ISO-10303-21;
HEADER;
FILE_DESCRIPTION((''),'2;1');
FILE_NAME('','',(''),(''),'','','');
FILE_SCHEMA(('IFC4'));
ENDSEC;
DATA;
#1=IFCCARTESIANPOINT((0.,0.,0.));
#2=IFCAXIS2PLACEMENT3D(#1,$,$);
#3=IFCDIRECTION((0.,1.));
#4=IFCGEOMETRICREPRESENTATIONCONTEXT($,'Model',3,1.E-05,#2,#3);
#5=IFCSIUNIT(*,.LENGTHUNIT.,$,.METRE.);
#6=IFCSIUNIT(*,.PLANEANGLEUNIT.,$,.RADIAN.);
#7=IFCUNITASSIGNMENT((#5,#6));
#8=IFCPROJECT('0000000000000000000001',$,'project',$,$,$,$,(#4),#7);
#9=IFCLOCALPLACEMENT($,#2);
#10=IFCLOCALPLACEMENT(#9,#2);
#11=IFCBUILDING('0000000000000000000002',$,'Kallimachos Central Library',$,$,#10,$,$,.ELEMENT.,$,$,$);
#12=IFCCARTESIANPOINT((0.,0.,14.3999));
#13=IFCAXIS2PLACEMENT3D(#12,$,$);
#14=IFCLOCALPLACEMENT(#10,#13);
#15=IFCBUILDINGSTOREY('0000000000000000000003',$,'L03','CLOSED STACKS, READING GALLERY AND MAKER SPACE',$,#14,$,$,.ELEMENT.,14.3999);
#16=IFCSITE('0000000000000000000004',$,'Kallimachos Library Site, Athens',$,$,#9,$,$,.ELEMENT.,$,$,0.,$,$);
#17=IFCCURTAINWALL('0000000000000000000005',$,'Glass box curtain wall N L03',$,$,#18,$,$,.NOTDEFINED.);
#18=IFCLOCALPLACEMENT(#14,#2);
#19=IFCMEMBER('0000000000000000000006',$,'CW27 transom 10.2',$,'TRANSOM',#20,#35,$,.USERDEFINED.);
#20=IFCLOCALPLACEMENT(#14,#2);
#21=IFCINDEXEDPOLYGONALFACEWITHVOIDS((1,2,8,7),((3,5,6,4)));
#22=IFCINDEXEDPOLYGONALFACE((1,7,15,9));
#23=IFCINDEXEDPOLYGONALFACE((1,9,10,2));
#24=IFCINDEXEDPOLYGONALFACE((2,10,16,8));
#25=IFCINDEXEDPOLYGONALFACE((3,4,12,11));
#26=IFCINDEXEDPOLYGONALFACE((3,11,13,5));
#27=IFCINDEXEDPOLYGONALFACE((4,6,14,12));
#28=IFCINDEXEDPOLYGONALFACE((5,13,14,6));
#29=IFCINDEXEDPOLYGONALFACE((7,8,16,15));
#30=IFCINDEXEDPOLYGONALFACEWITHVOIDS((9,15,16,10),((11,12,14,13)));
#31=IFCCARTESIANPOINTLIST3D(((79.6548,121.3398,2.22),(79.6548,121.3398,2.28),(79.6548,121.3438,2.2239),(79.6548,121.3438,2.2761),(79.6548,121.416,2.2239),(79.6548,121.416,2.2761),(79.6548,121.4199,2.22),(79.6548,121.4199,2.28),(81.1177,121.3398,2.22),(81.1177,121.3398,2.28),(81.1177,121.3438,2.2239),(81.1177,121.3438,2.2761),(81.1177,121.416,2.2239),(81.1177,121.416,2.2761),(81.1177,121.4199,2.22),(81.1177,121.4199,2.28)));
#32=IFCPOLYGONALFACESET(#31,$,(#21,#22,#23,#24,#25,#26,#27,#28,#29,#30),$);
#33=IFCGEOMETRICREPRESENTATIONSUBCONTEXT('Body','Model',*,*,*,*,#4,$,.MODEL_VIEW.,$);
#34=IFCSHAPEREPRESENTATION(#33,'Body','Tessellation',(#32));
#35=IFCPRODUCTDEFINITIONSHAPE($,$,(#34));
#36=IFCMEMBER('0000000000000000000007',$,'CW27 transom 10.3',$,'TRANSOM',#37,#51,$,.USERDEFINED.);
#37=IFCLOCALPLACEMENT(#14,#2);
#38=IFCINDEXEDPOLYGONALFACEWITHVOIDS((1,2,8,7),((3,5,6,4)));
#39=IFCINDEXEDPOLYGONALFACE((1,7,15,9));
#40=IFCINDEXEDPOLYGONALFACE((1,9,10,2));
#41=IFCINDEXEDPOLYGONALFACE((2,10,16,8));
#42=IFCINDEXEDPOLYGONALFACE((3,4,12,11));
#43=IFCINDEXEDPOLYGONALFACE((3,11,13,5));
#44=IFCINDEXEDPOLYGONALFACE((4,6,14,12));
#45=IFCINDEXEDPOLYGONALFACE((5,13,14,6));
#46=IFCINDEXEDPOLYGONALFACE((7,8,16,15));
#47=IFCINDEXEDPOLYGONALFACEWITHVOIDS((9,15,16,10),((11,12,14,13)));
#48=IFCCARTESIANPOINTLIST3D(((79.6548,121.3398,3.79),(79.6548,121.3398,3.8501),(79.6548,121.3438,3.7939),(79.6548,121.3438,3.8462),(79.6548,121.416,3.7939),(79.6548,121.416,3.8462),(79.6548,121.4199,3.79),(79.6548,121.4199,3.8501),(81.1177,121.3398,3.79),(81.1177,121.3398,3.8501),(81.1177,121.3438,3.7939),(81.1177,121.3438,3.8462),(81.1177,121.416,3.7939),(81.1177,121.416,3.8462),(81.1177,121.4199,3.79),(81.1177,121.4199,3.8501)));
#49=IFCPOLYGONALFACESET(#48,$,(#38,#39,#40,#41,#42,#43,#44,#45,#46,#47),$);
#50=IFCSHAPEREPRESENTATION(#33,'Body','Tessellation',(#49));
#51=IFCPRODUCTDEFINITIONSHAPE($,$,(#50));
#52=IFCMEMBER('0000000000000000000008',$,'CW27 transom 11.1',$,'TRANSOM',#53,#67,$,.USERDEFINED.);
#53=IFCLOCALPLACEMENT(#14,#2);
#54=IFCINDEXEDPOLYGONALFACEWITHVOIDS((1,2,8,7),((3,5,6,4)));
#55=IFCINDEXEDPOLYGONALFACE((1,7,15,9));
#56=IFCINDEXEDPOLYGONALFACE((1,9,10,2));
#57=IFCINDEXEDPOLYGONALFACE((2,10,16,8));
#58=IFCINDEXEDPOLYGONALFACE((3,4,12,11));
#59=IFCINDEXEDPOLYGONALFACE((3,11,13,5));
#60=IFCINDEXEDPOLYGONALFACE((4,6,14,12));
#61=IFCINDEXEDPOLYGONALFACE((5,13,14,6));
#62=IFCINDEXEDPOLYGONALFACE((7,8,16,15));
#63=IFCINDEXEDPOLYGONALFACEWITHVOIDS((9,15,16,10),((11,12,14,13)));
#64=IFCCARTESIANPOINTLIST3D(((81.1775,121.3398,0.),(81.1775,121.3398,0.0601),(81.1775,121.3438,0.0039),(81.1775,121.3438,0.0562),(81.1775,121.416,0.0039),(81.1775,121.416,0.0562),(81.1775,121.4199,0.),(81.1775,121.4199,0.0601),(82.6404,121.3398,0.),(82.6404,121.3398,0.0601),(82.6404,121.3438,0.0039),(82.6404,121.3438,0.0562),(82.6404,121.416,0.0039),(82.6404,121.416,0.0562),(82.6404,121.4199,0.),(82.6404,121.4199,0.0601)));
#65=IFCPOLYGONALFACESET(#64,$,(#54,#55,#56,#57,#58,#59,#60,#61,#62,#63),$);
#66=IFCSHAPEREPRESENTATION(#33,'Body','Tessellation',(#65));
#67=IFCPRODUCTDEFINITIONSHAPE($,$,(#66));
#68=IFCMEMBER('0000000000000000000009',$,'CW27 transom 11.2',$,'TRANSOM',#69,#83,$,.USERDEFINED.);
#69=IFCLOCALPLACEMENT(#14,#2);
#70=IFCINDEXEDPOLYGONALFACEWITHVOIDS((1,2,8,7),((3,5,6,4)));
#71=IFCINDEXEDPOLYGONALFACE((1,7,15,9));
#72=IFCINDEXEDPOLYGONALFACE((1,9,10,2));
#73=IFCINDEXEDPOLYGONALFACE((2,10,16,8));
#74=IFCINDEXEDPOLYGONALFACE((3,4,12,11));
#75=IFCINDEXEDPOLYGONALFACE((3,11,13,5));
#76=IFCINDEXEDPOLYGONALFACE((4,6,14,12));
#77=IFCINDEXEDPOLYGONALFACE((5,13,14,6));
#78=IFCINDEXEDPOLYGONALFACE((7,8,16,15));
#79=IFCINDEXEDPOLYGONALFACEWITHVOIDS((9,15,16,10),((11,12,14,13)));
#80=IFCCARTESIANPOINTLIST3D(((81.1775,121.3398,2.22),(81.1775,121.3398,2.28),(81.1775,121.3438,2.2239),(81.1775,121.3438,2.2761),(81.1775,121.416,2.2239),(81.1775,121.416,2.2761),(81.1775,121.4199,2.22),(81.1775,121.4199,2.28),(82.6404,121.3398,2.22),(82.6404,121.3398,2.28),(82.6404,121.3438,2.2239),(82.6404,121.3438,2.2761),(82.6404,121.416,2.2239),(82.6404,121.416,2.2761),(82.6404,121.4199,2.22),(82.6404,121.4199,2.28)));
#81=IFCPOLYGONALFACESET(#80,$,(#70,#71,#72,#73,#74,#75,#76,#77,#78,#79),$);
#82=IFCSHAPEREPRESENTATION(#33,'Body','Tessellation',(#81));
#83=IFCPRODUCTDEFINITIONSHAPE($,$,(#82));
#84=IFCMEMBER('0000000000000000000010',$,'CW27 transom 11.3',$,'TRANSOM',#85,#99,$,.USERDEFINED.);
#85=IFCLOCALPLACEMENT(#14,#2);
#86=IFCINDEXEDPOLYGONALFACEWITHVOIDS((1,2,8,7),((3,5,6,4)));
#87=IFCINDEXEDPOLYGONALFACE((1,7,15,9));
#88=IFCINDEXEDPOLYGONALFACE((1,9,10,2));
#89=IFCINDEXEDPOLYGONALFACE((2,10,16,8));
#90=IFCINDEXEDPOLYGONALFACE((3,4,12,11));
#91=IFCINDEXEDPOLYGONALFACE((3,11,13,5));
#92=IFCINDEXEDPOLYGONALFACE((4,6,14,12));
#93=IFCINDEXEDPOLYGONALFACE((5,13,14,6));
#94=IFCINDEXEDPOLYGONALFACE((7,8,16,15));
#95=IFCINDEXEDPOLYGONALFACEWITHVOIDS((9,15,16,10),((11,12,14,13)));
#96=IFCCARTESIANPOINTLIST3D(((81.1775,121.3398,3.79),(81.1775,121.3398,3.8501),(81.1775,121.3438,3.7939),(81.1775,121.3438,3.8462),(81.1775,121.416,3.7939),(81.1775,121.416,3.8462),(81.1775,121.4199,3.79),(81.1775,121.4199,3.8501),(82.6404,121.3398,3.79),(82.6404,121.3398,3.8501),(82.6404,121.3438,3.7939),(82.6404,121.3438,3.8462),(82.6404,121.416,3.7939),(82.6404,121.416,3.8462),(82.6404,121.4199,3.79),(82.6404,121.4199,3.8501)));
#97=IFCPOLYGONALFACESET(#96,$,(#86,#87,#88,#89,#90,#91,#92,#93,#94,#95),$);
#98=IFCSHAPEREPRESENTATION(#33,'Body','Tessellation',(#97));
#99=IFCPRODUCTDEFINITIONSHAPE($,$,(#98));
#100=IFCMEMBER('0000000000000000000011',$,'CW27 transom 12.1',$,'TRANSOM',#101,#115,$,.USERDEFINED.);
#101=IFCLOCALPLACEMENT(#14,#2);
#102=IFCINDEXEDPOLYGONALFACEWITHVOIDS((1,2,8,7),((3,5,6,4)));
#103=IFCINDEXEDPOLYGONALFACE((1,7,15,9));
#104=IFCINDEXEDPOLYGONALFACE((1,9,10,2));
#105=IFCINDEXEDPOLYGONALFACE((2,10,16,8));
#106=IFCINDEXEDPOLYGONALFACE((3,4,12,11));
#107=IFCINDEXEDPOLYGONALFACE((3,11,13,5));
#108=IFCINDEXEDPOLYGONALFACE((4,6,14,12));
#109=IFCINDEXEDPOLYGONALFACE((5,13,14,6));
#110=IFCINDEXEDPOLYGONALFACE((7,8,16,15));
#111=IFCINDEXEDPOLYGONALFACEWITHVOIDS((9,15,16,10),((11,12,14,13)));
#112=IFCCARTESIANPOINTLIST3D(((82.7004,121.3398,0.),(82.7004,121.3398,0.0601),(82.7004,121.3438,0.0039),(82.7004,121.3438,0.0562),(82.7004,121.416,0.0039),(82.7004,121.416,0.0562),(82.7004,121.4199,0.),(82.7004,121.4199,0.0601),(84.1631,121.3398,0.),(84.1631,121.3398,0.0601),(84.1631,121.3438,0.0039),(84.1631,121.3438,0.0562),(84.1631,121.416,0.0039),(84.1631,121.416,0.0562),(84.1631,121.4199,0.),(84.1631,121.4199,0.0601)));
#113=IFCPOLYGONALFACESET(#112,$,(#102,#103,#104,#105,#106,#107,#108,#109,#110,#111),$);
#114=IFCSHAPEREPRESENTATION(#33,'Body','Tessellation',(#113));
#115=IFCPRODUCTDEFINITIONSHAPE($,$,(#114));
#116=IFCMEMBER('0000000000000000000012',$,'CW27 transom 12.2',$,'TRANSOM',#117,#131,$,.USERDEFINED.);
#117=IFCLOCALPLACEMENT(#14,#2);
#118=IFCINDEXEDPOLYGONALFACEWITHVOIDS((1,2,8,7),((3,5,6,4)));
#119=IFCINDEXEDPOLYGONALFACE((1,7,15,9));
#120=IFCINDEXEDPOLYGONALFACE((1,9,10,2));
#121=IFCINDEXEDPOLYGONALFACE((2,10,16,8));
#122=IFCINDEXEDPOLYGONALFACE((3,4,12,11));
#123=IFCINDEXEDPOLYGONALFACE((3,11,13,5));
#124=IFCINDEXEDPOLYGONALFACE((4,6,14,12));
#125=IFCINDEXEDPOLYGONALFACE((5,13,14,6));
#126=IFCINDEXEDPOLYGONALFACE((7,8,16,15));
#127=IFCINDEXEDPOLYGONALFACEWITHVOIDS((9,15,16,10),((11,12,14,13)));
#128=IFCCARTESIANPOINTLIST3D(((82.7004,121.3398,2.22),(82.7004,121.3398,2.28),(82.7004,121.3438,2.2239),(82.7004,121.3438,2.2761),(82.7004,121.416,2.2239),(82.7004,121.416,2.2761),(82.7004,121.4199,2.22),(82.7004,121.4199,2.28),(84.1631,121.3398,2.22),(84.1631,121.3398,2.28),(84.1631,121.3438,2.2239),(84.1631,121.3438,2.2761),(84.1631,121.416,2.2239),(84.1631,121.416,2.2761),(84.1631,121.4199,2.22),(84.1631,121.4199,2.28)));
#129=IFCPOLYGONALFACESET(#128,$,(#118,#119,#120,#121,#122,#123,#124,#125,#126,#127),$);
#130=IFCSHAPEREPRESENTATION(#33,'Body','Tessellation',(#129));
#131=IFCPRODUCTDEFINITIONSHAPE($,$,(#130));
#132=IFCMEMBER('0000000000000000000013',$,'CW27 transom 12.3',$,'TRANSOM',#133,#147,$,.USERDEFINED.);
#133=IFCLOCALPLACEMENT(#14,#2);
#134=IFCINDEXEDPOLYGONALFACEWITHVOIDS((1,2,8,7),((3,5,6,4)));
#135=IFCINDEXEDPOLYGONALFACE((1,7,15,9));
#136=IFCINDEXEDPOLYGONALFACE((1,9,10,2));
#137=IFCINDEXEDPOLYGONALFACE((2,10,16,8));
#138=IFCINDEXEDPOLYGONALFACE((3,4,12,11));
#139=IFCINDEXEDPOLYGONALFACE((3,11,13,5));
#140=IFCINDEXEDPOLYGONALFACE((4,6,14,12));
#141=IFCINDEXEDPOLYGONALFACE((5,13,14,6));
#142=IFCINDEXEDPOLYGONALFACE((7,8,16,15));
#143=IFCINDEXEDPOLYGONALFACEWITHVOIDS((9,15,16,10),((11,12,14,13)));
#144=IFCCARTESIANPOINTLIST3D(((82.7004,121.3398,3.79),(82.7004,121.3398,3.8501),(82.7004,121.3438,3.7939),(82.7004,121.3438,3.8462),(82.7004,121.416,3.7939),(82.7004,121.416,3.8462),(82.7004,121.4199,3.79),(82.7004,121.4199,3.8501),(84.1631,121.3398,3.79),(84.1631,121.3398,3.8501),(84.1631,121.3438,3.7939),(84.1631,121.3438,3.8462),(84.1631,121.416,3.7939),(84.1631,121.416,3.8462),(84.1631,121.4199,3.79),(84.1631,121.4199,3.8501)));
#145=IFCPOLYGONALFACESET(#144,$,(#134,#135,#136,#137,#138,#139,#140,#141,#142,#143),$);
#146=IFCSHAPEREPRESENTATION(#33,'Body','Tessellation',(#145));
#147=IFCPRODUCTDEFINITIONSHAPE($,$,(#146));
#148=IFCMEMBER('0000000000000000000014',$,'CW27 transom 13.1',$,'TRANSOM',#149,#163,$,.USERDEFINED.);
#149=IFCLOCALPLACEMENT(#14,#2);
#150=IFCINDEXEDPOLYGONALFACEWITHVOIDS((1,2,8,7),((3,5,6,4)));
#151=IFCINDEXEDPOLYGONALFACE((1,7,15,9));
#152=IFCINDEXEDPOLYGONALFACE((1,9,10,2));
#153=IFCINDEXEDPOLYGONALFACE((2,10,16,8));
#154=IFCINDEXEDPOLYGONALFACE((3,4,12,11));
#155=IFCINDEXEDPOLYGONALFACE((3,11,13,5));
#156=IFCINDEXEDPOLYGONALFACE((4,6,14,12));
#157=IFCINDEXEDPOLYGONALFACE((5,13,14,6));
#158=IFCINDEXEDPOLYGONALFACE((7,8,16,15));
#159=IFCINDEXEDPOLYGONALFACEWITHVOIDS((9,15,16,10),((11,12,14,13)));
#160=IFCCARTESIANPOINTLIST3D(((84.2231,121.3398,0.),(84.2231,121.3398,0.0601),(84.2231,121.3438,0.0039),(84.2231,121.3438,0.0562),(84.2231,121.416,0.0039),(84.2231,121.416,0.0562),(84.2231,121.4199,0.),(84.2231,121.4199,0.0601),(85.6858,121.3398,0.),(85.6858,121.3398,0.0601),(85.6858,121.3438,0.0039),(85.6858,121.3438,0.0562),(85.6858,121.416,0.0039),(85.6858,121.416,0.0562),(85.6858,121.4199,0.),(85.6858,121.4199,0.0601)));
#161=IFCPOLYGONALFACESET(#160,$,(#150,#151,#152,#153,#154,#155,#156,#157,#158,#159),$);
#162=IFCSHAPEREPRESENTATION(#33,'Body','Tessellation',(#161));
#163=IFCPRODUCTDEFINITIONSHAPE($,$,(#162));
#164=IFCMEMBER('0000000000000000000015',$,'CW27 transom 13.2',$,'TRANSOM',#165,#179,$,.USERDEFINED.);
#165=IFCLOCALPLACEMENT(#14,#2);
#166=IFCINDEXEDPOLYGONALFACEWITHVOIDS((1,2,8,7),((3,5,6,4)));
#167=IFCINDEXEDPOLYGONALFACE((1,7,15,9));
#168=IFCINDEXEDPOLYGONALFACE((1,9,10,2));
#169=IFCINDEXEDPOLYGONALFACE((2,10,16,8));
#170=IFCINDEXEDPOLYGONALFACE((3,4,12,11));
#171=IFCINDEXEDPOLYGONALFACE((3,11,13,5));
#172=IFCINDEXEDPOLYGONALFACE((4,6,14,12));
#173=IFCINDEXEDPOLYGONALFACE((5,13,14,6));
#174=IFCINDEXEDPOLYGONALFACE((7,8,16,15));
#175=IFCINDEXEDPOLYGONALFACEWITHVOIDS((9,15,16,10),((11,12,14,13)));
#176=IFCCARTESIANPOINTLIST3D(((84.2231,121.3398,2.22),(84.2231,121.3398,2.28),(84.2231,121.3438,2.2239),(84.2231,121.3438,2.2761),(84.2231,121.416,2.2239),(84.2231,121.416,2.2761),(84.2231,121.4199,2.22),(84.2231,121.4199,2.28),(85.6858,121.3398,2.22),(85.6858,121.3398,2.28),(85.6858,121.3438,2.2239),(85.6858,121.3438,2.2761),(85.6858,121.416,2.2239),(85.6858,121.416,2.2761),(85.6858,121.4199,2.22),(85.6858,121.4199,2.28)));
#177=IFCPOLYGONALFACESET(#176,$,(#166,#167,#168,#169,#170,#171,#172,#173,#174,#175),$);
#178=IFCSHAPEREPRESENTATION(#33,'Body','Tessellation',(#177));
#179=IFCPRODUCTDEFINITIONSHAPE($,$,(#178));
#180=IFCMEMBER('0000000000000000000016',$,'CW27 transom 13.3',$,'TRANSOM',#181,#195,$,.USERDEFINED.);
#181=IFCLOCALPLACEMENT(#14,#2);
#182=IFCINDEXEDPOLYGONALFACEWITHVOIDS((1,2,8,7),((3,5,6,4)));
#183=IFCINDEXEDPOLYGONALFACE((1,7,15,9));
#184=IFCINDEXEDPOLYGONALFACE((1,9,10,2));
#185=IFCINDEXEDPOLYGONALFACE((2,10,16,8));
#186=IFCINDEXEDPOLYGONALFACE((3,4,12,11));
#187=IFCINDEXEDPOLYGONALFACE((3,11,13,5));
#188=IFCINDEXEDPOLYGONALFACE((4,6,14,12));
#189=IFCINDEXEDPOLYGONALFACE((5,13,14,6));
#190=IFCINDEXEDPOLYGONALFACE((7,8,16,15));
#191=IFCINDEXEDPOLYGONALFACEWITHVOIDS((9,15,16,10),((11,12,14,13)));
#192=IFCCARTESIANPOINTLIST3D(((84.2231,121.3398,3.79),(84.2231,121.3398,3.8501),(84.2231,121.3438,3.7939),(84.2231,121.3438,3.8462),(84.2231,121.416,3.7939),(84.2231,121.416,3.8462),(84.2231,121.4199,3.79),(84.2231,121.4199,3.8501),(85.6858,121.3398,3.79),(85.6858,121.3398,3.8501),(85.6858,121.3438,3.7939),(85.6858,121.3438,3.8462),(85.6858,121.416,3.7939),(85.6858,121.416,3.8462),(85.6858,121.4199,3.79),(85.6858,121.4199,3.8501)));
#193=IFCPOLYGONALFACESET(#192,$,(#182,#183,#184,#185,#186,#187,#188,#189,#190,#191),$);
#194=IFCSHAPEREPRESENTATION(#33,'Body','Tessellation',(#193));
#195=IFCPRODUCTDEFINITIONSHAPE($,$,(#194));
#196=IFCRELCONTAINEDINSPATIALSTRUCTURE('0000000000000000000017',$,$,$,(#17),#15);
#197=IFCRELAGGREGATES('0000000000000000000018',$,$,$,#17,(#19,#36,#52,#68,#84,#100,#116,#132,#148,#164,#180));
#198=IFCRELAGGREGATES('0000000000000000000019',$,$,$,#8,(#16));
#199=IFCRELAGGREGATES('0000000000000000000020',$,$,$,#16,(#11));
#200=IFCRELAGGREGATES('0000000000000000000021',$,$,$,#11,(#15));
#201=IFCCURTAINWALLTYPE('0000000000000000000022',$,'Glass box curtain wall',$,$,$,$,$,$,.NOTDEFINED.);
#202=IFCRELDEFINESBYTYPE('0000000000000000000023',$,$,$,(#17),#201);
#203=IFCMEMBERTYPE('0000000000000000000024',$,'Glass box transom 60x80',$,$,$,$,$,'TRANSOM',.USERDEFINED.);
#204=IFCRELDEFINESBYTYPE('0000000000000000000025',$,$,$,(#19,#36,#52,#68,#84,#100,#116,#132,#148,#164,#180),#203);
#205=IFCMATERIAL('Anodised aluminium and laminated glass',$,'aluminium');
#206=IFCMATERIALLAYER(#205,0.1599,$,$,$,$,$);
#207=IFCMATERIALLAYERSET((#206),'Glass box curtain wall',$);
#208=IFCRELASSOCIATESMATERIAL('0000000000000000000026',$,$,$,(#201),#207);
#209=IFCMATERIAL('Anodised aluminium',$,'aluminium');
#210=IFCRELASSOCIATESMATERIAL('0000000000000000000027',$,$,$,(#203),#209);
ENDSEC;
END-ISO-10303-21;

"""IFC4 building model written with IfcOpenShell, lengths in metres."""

from ifc_helpers import new_model, si_unit, direction, frame, origin, origin_2d, place, context, subcontext, project, spatial, hollow_rectangle, extrude, material, layer, layer_set, material_profile, profile_set, type_object, element, aggregate, save


model = new_model("IFC4")

# Units and contexts
model_context = context("Model", 3, precision=1e-05, world=origin(), true_north=direction((0.0, 1.0)))
body_context = subcontext(model_context, "Body", "Model", "MODEL_VIEW")
ifc_project = project(units=[si_unit("LENGTHUNIT", "METRE"), si_unit("PLANEANGLEUNIT", "RADIAN")], contexts=[model_context])

# Site, building, storey
site_placement = place(None, origin())
site = spatial("IfcSite", under=ifc_project, at=site_placement, Name="Kallimachos Library Site, Athens", CompositionType="ELEMENT", RefElevation=0.0)
building_placement = place(site_placement, origin())
building = spatial("IfcBuilding", under=site, at=building_placement, Name="Kallimachos Central Library", CompositionType="ELEMENT")
storey_placement = place(building_placement, frame((0.0, 0.0, 14.3999)))
storey = spatial("IfcBuildingStorey", under=building, at=storey_placement, Name="L03", Description="CLOSED STACKS, READING GALLERY AND MAKER SPACE", CompositionType="ELEMENT", Elevation=14.3999)

# Curtain wall, members
ifc_material_1 = material(Name="Anodised aluminium and laminated glass", Category="aluminium")
ifc_layer_1 = layer(ifc_material_1, 0.1599)
ifc_layer_set_1 = layer_set([ifc_layer_1], Name="Glass box curtain wall")
curtain_wall_type = type_object("IfcCurtainWallType", Name="Glass box curtain wall", PredefinedType="NOTDEFINED", material=ifc_layer_set_1)
curtain_wall_placement = place(storey_placement, origin())
curtain_wall = element("IfcCurtainWall", 1, at=curtain_wall_placement, inside=storey, type_object=curtain_wall_type, Name="Glass box curtain wall N L03", PredefinedType="NOTDEFINED")
ifc_material_2 = material(Name="Anodised aluminium", Category="aluminium")
ifc_material_profile_1 = material_profile(ifc_material_2, hollow_rectangle(XDim=0.0601, YDim=0.0801, WallThickness=0.0039, at=origin_2d()), Name="ALU TRANSOM 60x80")
ifc_profile_set_1 = profile_set([ifc_material_profile_1], Name="Anodised aluminium")
member_type_1 = type_object("IfcMemberType", Name="Glass box transom 60x80", ElementType="TRANSOM", PredefinedType="USERDEFINED", material=ifc_profile_set_1)
member_1_placement = place(storey_placement, frame((79.6548, 121.3799, 2.25), z_axis=(1.0, 0.0, 0.0), x_axis=(0.0, 0.0, 1.0)))
member_1 = element("IfcMember", 2, at=member_1_placement, type_object=member_type_1, Name="CW27 transom 10.2", ObjectType="TRANSOM", PredefinedType="USERDEFINED", context=body_context, shape_type="SweptSolid", body=[
    extrude(hollow_rectangle(XDim=0.0601, YDim=0.0801, WallThickness=0.0039, at=origin_2d()), origin(), (0.0, 0.0, 1.0), 1.4629),
])
member_2_placement = place(storey_placement, frame((79.6548, 121.3799, 3.8201), z_axis=(1.0, 0.0, 0.0), x_axis=(0.0, 0.0, 1.0)))
member_2 = element("IfcMember", 3, at=member_2_placement, type_object=member_type_1, Name="CW27 transom 10.3", ObjectType="TRANSOM", PredefinedType="USERDEFINED", context=body_context, shape_type="SweptSolid", body=[
    extrude(hollow_rectangle(XDim=0.0601, YDim=0.0801, WallThickness=0.0039, at=origin_2d()), origin(), (0.0, 0.0, 1.0), 1.4629),
])
member_3_placement = place(storey_placement, frame((81.1775, 121.3799, 0.03), z_axis=(1.0, 0.0, 0.0), x_axis=(0.0, 0.0, 1.0)))
member_3 = element("IfcMember", 4, at=member_3_placement, type_object=member_type_1, Name="CW27 transom 11.1", ObjectType="TRANSOM", PredefinedType="USERDEFINED", context=body_context, shape_type="SweptSolid", body=[
    extrude(hollow_rectangle(XDim=0.0601, YDim=0.0801, WallThickness=0.0039, at=origin_2d()), origin(), (0.0, 0.0, 1.0), 1.4629),
])
member_4_placement = place(storey_placement, frame((81.1775, 121.3799, 2.25), z_axis=(1.0, 0.0, 0.0), x_axis=(0.0, 0.0, 1.0)))
member_4 = element("IfcMember", 5, at=member_4_placement, type_object=member_type_1, Name="CW27 transom 11.2", ObjectType="TRANSOM", PredefinedType="USERDEFINED", context=body_context, shape_type="SweptSolid", body=[
    extrude(hollow_rectangle(XDim=0.0601, YDim=0.0801, WallThickness=0.0039, at=origin_2d()), origin(), (0.0, 0.0, 1.0), 1.4629),
])
member_5_placement = place(storey_placement, frame((81.1775, 121.3799, 3.8201), z_axis=(1.0, 0.0, 0.0), x_axis=(0.0, 0.0, 1.0)))
member_5 = element("IfcMember", 6, at=member_5_placement, type_object=member_type_1, Name="CW27 transom 11.3", ObjectType="TRANSOM", PredefinedType="USERDEFINED", context=body_context, shape_type="SweptSolid", body=[
    extrude(hollow_rectangle(XDim=0.0601, YDim=0.0801, WallThickness=0.0039, at=origin_2d()), origin(), (0.0, 0.0, 1.0), 1.4629),
])
member_6_placement = place(storey_placement, frame((82.7004, 121.3799, 0.03), z_axis=(1.0, 0.0, 0.0), x_axis=(0.0, 0.0, 1.0)))
member_6 = element("IfcMember", 7, at=member_6_placement, type_object=member_type_1, Name="CW27 transom 12.1", ObjectType="TRANSOM", PredefinedType="USERDEFINED", context=body_context, shape_type="SweptSolid", body=[
    extrude(hollow_rectangle(XDim=0.0601, YDim=0.0801, WallThickness=0.0039, at=origin_2d()), origin(), (0.0, 0.0, 1.0), 1.4626),
])
member_7_placement = place(storey_placement, frame((82.7004, 121.3799, 2.25), z_axis=(1.0, 0.0, 0.0), x_axis=(0.0, 0.0, 1.0)))
member_7 = element("IfcMember", 8, at=member_7_placement, type_object=member_type_1, Name="CW27 transom 12.2", ObjectType="TRANSOM", PredefinedType="USERDEFINED", context=body_context, shape_type="SweptSolid", body=[
    extrude(hollow_rectangle(XDim=0.0601, YDim=0.0801, WallThickness=0.0039, at=origin_2d()), origin(), (0.0, 0.0, 1.0), 1.4626),
])
member_8_placement = place(storey_placement, frame((82.7004, 121.3799, 3.8201), z_axis=(1.0, 0.0, 0.0), x_axis=(0.0, 0.0, 1.0)))
member_8 = element("IfcMember", 9, at=member_8_placement, type_object=member_type_1, Name="CW27 transom 12.3", ObjectType="TRANSOM", PredefinedType="USERDEFINED", context=body_context, shape_type="SweptSolid", body=[
    extrude(hollow_rectangle(XDim=0.0601, YDim=0.0801, WallThickness=0.0039, at=origin_2d()), origin(), (0.0, 0.0, 1.0), 1.4626),
])
member_9_placement = place(storey_placement, frame((84.2231, 121.3799, 0.03), z_axis=(1.0, 0.0, 0.0), x_axis=(0.0, 0.0, 1.0)))
member_9 = element("IfcMember", 10, at=member_9_placement, type_object=member_type_1, Name="CW27 transom 13.1", ObjectType="TRANSOM", PredefinedType="USERDEFINED", context=body_context, shape_type="SweptSolid", body=[
    extrude(hollow_rectangle(XDim=0.0601, YDim=0.0801, WallThickness=0.0039, at=origin_2d()), origin(), (0.0, 0.0, 1.0), 1.4626),
])
member_10_placement = place(storey_placement, frame((84.2231, 121.3799, 2.25), z_axis=(1.0, 0.0, 0.0), x_axis=(0.0, 0.0, 1.0)))
member_10 = element("IfcMember", 11, at=member_10_placement, type_object=member_type_1, Name="CW27 transom 13.2", ObjectType="TRANSOM", PredefinedType="USERDEFINED", context=body_context, shape_type="SweptSolid", body=[
    extrude(hollow_rectangle(XDim=0.0601, YDim=0.0801, WallThickness=0.0039, at=origin_2d()), origin(), (0.0, 0.0, 1.0), 1.4626),
])
member_11_placement = place(storey_placement, frame((84.2231, 121.3799, 3.8201), z_axis=(1.0, 0.0, 0.0), x_axis=(0.0, 0.0, 1.0)))
member_11 = element("IfcMember", 12, at=member_11_placement, type_object=member_type_1, Name="CW27 transom 13.3", ObjectType="TRANSOM", PredefinedType="USERDEFINED", context=body_context, shape_type="SweptSolid", body=[
    extrude(hollow_rectangle(XDim=0.0601, YDim=0.0801, WallThickness=0.0039, at=origin_2d()), origin(), (0.0, 0.0, 1.0), 1.4626),
])

aggregate(curtain_wall, [member_1, member_2, member_3, member_4, member_5, member_6, member_7, member_8, member_9, member_10, member_11])

save(model, "model.ifc")
